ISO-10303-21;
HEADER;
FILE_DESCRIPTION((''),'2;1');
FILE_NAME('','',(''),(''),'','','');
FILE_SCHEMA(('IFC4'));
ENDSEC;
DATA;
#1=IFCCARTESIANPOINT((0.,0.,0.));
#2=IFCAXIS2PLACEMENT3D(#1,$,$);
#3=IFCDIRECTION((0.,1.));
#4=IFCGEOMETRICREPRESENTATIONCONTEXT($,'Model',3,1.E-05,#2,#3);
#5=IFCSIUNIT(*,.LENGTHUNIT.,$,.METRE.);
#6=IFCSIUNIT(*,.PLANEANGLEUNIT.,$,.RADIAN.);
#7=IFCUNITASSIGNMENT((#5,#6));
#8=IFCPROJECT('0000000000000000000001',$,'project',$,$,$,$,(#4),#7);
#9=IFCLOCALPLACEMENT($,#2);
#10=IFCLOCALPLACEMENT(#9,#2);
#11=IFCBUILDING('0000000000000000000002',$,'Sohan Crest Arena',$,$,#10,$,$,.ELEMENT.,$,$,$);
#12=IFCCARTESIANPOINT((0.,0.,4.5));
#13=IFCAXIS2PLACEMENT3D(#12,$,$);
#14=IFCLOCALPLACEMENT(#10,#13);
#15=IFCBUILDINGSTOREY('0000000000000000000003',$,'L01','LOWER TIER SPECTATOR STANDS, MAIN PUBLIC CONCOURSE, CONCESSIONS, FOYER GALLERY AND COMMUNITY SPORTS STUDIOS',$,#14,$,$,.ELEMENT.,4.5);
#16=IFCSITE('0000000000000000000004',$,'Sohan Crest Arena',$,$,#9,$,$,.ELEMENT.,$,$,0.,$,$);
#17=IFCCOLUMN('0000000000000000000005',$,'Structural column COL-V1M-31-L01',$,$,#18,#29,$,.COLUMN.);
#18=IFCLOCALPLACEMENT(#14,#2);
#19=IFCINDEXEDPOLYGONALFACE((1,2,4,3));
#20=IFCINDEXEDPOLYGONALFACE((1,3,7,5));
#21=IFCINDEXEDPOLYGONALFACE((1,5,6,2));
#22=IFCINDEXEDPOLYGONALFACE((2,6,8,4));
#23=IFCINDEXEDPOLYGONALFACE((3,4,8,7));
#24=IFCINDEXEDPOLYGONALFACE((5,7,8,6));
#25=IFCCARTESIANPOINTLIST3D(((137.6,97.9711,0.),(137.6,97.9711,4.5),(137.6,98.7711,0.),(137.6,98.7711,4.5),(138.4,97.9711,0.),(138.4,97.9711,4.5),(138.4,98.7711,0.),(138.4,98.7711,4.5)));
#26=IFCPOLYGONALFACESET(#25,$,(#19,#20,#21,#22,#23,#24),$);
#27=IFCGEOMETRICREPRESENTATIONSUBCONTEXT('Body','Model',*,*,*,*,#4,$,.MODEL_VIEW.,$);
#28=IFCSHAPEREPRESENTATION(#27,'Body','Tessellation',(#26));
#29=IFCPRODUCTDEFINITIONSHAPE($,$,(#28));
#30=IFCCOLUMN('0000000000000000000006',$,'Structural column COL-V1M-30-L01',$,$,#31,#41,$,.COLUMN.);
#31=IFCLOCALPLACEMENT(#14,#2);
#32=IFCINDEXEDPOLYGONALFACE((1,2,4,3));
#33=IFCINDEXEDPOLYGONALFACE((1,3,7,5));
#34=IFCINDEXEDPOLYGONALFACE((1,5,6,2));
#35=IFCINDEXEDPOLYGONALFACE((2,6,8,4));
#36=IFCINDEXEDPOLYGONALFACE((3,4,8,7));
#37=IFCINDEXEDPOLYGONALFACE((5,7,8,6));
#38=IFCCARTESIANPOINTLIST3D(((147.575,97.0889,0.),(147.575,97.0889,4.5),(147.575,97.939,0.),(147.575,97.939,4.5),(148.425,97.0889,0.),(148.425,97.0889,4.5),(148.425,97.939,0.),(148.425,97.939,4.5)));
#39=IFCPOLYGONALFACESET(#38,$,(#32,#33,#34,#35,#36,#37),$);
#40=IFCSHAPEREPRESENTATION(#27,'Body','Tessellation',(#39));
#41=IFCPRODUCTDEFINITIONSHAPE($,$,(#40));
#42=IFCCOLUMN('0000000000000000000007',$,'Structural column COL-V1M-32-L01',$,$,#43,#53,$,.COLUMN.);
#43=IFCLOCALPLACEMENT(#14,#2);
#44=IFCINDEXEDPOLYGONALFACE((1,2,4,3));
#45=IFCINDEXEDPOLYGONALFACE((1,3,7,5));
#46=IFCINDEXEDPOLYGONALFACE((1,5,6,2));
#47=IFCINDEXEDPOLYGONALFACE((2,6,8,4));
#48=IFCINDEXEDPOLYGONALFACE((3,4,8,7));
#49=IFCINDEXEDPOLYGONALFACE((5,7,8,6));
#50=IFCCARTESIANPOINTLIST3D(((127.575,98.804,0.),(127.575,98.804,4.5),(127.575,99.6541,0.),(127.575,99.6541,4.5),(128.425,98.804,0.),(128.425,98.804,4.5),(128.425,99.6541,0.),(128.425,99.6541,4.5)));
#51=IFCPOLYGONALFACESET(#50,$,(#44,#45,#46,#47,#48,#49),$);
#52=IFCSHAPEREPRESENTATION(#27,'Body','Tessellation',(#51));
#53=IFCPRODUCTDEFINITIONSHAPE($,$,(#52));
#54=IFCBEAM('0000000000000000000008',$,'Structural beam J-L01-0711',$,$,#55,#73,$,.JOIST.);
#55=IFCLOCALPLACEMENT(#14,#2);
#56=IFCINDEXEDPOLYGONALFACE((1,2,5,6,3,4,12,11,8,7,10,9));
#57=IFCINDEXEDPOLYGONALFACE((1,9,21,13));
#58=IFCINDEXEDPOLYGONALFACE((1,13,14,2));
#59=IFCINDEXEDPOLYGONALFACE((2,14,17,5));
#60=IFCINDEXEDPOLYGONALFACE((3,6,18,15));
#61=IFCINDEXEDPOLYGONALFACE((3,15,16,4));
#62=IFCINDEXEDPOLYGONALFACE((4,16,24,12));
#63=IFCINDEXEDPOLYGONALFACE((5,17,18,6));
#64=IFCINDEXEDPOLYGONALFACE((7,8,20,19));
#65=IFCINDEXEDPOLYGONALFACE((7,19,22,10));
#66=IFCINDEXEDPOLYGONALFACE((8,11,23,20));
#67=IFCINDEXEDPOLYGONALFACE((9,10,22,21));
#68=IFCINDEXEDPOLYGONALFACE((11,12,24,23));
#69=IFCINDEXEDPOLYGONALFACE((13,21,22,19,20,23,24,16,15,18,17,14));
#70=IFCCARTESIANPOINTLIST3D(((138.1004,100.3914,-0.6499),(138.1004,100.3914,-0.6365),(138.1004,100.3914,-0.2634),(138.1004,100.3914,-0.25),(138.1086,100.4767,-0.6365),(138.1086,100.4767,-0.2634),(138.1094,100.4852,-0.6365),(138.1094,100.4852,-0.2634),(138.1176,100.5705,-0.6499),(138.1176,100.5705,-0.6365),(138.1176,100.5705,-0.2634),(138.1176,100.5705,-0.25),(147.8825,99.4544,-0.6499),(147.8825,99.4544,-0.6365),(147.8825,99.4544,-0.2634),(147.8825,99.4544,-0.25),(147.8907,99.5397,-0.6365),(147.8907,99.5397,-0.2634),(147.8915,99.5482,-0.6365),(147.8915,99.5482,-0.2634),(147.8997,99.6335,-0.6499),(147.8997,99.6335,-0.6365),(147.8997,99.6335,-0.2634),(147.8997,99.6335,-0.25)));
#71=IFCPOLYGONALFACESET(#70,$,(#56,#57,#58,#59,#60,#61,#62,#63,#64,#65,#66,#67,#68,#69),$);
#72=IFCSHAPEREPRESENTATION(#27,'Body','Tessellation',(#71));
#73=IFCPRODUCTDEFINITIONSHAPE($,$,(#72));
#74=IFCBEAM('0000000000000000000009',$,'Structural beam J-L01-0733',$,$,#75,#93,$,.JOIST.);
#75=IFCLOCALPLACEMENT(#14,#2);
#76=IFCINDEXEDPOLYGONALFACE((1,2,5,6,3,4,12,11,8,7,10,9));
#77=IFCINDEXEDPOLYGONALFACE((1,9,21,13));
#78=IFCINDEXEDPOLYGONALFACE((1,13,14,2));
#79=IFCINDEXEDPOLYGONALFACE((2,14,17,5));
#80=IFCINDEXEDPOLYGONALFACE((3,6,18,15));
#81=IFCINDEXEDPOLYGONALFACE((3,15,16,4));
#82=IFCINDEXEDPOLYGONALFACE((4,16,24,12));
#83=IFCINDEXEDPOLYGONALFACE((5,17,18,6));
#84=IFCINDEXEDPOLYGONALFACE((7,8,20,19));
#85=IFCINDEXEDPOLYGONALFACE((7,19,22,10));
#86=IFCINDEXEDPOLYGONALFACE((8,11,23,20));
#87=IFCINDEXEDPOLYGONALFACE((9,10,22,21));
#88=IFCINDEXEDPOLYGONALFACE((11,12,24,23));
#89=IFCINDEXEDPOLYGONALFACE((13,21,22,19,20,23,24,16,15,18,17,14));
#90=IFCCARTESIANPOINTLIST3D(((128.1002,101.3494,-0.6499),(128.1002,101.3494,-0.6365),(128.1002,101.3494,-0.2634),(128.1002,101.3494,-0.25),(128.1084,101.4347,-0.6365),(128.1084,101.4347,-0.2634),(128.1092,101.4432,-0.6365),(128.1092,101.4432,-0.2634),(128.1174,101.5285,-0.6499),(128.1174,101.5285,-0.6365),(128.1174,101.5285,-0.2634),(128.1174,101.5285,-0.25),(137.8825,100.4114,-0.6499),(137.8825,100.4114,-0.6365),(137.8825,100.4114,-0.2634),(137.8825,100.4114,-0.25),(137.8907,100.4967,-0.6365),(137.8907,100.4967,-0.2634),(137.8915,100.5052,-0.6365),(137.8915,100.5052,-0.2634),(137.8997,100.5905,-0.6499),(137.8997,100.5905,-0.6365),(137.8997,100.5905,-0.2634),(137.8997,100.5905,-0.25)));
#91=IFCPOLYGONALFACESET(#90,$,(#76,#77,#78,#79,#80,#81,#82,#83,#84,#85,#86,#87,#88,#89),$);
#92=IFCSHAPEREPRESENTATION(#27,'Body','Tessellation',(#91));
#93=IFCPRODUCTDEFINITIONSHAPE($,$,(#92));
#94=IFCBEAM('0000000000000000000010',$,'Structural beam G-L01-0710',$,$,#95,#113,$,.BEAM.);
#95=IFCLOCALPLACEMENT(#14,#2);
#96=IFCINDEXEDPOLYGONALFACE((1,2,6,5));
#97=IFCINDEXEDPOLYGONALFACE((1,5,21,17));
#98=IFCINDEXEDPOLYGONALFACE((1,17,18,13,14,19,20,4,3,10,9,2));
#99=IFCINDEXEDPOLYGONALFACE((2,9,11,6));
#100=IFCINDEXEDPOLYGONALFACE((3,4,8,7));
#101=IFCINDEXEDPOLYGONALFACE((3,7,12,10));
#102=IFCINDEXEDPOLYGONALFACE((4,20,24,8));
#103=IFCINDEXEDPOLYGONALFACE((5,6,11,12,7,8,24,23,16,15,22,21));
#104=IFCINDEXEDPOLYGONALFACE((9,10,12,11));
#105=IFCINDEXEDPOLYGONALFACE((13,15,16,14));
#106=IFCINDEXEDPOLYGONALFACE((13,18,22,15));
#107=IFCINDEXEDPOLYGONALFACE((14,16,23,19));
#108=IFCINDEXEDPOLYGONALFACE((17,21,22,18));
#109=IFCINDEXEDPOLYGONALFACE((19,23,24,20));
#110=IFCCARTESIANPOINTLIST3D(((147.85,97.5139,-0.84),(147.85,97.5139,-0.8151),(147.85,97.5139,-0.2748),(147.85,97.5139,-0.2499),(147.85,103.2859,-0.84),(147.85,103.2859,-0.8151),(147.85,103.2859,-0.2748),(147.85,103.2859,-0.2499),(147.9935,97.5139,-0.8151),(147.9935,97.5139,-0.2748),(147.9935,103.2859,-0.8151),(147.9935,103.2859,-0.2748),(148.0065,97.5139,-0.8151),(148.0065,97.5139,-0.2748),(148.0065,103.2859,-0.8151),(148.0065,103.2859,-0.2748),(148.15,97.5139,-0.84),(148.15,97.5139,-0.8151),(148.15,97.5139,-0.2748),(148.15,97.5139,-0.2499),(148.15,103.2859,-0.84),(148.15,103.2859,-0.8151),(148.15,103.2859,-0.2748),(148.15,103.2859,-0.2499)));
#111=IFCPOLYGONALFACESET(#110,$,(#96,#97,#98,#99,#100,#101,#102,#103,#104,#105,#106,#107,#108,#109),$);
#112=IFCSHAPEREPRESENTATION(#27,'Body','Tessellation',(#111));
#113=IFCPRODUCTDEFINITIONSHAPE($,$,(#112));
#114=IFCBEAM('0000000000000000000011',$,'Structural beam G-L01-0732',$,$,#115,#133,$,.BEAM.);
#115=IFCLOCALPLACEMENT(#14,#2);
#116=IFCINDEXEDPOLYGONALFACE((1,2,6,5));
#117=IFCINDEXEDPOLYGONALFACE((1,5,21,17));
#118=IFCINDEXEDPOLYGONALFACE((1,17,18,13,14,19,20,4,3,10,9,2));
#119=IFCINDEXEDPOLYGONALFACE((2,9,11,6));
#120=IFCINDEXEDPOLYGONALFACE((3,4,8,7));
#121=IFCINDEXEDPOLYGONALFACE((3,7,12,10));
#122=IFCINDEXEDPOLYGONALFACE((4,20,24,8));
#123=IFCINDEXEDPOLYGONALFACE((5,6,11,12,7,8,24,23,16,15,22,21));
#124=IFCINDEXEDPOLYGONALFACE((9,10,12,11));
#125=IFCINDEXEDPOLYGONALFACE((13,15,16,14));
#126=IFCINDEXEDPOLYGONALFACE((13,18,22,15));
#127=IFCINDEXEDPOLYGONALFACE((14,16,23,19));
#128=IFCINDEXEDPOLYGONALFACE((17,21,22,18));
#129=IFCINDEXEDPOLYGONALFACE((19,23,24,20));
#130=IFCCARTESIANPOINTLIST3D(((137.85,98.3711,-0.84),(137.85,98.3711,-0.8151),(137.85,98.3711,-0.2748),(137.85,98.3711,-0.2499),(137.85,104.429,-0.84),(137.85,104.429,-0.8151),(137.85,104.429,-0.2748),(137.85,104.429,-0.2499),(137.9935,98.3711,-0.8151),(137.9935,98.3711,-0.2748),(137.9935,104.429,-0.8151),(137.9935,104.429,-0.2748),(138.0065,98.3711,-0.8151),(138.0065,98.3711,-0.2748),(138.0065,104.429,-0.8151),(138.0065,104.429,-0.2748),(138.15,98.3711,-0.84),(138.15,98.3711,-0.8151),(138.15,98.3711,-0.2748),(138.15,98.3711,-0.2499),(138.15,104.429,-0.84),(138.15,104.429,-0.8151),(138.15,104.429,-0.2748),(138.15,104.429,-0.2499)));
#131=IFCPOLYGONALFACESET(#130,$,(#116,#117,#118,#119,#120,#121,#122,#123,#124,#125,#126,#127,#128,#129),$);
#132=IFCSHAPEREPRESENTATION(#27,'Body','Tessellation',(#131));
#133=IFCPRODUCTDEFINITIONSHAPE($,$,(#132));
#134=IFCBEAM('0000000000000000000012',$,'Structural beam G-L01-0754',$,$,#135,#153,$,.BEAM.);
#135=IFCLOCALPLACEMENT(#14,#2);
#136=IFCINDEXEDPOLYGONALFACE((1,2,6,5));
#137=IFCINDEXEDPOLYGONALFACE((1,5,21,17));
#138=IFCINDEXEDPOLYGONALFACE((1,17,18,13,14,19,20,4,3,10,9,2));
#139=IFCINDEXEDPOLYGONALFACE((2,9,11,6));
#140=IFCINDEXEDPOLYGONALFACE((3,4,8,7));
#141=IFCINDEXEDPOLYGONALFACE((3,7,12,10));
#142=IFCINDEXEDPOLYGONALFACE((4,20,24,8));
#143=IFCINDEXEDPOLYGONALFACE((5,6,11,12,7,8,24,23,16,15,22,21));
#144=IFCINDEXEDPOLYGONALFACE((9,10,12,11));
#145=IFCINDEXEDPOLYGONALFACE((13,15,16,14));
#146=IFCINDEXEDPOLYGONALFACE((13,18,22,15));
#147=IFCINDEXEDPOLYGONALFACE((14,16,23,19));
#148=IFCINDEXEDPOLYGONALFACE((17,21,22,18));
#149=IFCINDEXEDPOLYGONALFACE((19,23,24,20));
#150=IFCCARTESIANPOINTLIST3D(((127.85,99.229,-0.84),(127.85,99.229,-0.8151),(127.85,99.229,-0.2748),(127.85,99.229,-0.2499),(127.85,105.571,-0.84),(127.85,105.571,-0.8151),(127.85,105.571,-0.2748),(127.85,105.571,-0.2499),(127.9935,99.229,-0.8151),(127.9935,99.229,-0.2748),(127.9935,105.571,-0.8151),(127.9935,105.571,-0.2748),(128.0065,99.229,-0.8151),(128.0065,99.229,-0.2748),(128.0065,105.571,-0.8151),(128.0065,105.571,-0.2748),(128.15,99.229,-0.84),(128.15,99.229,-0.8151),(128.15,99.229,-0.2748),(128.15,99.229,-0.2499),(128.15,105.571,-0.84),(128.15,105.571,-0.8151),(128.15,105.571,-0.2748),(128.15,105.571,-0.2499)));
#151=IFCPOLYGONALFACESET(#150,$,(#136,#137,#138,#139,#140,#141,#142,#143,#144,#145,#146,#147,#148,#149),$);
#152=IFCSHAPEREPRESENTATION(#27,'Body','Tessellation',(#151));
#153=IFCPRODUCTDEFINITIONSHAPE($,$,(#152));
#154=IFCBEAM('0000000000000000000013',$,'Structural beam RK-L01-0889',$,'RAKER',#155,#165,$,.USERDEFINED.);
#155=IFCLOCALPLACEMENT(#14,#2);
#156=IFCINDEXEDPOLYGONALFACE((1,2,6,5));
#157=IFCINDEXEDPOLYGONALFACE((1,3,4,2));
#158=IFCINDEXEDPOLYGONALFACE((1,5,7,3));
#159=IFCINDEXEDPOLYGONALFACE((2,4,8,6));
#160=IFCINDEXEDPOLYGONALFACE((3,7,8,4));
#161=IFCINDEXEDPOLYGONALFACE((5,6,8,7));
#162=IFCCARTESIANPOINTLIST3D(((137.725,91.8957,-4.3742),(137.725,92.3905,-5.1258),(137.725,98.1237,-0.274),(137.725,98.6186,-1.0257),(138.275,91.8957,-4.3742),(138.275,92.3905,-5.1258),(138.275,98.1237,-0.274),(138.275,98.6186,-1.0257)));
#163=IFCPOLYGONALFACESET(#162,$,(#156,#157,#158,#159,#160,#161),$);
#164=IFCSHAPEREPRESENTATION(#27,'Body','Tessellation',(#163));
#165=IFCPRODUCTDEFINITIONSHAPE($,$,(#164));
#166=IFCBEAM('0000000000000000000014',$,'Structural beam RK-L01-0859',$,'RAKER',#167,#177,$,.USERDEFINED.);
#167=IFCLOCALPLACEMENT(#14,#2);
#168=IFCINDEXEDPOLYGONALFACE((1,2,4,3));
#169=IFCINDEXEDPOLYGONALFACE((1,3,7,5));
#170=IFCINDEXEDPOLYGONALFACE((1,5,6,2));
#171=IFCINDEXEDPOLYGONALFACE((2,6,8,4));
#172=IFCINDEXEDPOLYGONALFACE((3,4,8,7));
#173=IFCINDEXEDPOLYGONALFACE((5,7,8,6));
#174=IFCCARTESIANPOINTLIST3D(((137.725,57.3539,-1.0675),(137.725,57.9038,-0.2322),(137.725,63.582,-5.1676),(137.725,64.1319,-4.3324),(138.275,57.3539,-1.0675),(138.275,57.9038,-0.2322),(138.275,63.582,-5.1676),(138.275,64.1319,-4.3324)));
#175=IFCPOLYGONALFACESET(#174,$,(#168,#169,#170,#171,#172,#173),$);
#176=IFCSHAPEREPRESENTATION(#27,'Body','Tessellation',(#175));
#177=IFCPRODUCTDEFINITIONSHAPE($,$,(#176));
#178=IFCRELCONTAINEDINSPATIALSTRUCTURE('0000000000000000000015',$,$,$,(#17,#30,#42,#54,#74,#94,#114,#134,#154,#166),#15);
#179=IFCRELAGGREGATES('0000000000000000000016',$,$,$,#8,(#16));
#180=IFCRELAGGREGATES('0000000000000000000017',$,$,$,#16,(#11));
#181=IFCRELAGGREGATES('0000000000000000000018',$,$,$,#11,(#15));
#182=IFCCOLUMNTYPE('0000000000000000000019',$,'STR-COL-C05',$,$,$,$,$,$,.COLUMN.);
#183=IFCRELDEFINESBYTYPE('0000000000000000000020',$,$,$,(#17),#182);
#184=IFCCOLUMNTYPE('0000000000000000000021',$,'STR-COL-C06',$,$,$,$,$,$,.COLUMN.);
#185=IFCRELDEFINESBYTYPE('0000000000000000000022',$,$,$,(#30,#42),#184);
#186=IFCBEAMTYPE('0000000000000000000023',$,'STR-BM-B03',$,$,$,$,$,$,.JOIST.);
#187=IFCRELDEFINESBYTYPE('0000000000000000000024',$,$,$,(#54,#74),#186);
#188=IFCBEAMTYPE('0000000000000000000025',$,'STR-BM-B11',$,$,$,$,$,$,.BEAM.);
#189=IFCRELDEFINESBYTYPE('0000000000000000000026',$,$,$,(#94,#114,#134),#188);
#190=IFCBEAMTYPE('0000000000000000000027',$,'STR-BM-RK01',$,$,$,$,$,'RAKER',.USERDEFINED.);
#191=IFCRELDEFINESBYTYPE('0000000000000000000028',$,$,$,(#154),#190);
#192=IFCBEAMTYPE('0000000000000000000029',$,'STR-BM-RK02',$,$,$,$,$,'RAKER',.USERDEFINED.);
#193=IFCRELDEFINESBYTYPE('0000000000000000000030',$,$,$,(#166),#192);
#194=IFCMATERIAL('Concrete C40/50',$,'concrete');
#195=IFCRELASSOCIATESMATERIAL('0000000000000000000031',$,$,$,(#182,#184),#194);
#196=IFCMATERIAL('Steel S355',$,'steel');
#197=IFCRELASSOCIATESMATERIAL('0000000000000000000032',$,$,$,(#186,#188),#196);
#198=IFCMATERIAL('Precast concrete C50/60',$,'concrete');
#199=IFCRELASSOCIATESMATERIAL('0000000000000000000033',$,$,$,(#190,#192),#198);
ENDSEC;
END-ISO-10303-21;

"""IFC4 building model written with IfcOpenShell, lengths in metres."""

from ifc_helpers import new_model, si_unit, direction, frame, origin, origin_2d, place, context, subcontext, project, spatial, rectangle, i_section, extrude, material, material_profile, profile_set, type_object, element, save


model = new_model("IFC4")

# Units and contexts
model_context = context("Model", 3, precision=1e-05, world=origin(), true_north=direction((0.0, 1.0)))
body_context = subcontext(model_context, "Body", "Model", "MODEL_VIEW")
ifc_project = project(units=[si_unit("LENGTHUNIT", "METRE"), si_unit("PLANEANGLEUNIT", "RADIAN")], contexts=[model_context])

# Site, building, storey
site_placement = place(None, origin())
site = spatial("IfcSite", under=ifc_project, at=site_placement, Name="Sohan Crest Arena", CompositionType="ELEMENT", RefElevation=0.0)
building_placement = place(site_placement, origin())
building = spatial("IfcBuilding", under=site, at=building_placement, Name="Sohan Crest Arena", CompositionType="ELEMENT")
storey_placement = place(building_placement, frame((0.0, 0.0, 4.5)))
storey = spatial("IfcBuildingStorey", under=building, at=storey_placement, Name="L01", Description="LOWER TIER SPECTATOR STANDS, MAIN PUBLIC CONCOURSE, CONCESSIONS, FOYER GALLERY AND COMMUNITY SPORTS STUDIOS", CompositionType="ELEMENT", Elevation=4.5)

# Columns
ifc_material_1 = material(Name="Concrete C40/50", Category="concrete")
ifc_material_profile_1 = material_profile(ifc_material_1, rectangle(XDim=0.8, YDim=0.8, at=origin_2d()), Name="RC 800x800")
ifc_profile_set_1 = profile_set([ifc_material_profile_1], Name="Concrete C40/50")
column_type_1 = type_object("IfcColumnType", Name="STR-COL-C05", PredefinedType="COLUMN", material=ifc_profile_set_1)
column_placement = place(storey_placement, frame((138.0, 98.3711, 0.0), z_axis=(0.0, 0.0, 1.0), x_axis=(1.0, 0.0, 0.0)))
element("IfcColumn", 1, at=column_placement, inside=storey, type_object=column_type_1, Name="Structural column COL-V1M-31-L01", PredefinedType="COLUMN", context=body_context, shape_type="SweptSolid", body=[
    extrude(rectangle(XDim=0.8, YDim=0.8, at=origin_2d()), origin(), (0.0, 0.0, 1.0), 4.5),
])
ifc_material_profile_2 = material_profile(ifc_material_1, rectangle(XDim=0.8501, YDim=0.8501, at=origin_2d()), Name="RC 850x850")
ifc_profile_set_2 = profile_set([ifc_material_profile_2], Name="Concrete C40/50")
column_type_2 = type_object("IfcColumnType", Name="STR-COL-C06", PredefinedType="COLUMN", material=ifc_profile_set_2)
for number, where, z_axis, x_axis, name in (
    (2, (148.0, 97.5139, 0.0), (0.0, 0.0, 1.0), (1.0, 0.0, 0.0), "Structural column COL-V1M-30-L01"),
    (3, (128.0, 99.229, 0.0), (0.0, 0.0, 1.0), (1.0, 0.0, 0.0), "Structural column COL-V1M-32-L01"),
):
    element("IfcColumn", number, at=place(storey_placement, frame(where, z_axis=z_axis, x_axis=x_axis)), inside=storey, type_object=column_type_2, Name=name, PredefinedType="COLUMN", context=body_context, shape_type="SweptSolid", body=[
        extrude(rectangle(XDim=0.8501, YDim=0.8501, at=origin_2d()), origin(), (0.0, 0.0, 1.0), 4.5),
    ])

# Beams
ifc_material_2 = material(Name="Steel S355", Category="steel")
ifc_material_profile_3 = material_profile(ifc_material_2, i_section(OverallWidth=0.1799, OverallDepth=0.3999, WebThickness=0.0085, FlangeThickness=0.0134, at=origin_2d()), Name="IPE 400")
ifc_profile_set_3 = profile_set([ifc_material_profile_3], Name="Steel S355")
beam_type_1 = type_object("IfcBeamType", Name="STR-BM-B03", PredefinedType="JOIST", material=ifc_profile_set_3)
beam_1_placement = place(storey_placement, frame((147.8911, 99.5439, -0.45), z_axis=(-0.995444, 0.095351, 0.0), x_axis=(-0.095351, -0.995444, 0.0)))
element("IfcBeam", 4, at=beam_1_placement, inside=storey, type_object=beam_type_1, Name="Structural beam J-L01-0711", PredefinedType="JOIST", context=body_context, shape_type="SweptSolid", body=[
    extrude(i_section(OverallWidth=0.1799, OverallDepth=0.3999, WebThickness=0.0085, FlangeThickness=0.0134, at=origin_2d()), origin(), (0.0, 0.0, 1.0), 9.8269),
])
beam_2_placement = place(storey_placement, frame((137.8911, 100.501, -0.45), z_axis=(-0.995434, 0.095449, 0.0), x_axis=(-0.095449, -0.995434, 0.0)))
element("IfcBeam", 5, at=beam_2_placement, inside=storey, type_object=beam_type_1, Name="Structural beam J-L01-0733", PredefinedType="JOIST", context=body_context, shape_type="SweptSolid", body=[
    extrude(i_section(OverallWidth=0.1799, OverallDepth=0.3999, WebThickness=0.0085, FlangeThickness=0.0134, at=origin_2d()), origin(), (0.0, 0.0, 1.0), 9.8271),
])
ifc_material_profile_4 = material_profile(ifc_material_2, i_section(OverallWidth=0.3, OverallDepth=0.5901, WebThickness=0.0129, FlangeThickness=0.0249, at=origin_2d()), Name="HEA 600")
ifc_profile_set_4 = profile_set([ifc_material_profile_4], Name="Steel S355")
beam_type_2 = type_object("IfcBeamType", Name="STR-BM-B11", PredefinedType="BEAM", material=ifc_profile_set_4)
beam_3_placement = place(storey_placement, frame((148.0, 97.5139, -0.5449), z_axis=(0.0, 1.0, 0.0), x_axis=(-1.0, 0.0, 0.0)))
element("IfcBeam", 6, at=beam_3_placement, inside=storey, type_object=beam_type_2, Name="Structural beam G-L01-0710", PredefinedType="BEAM", context=body_context, shape_type="SweptSolid", body=[
    extrude(i_section(OverallWidth=0.3, OverallDepth=0.5901, WebThickness=0.0129, FlangeThickness=0.0249, at=origin_2d()), origin(), (0.0, 0.0, 1.0), 5.772),
])
beam_4_placement = place(storey_placement, frame((138.0, 98.3711, -0.5449), z_axis=(0.0, 1.0, 0.0), x_axis=(-1.0, 0.0, 0.0)))
element("IfcBeam", 7, at=beam_4_placement, inside=storey, type_object=beam_type_2, Name="Structural beam G-L01-0732", PredefinedType="BEAM", context=body_context, shape_type="SweptSolid", body=[
    extrude(i_section(OverallWidth=0.3, OverallDepth=0.5901, WebThickness=0.0129, FlangeThickness=0.0249, at=origin_2d()), origin(), (0.0, 0.0, 1.0), 6.0579),
])
beam_5_placement = place(storey_placement, frame((128.0, 99.229, -0.5449), z_axis=(0.0, 1.0, 0.0), x_axis=(-1.0, 0.0, 0.0)))
element("IfcBeam", 8, at=beam_5_placement, inside=storey, type_object=beam_type_2, Name="Structural beam G-L01-0754", PredefinedType="BEAM", context=body_context, shape_type="SweptSolid", body=[
    extrude(i_section(OverallWidth=0.3, OverallDepth=0.5901, WebThickness=0.0129, FlangeThickness=0.0249, at=origin_2d()), origin(), (0.0, 0.0, 1.0), 6.342),
])
ifc_material_3 = material(Name="Precast concrete C50/60", Category="concrete")
ifc_material_profile_5 = material_profile(ifc_material_3, rectangle(XDim=0.55, YDim=0.8999, at=origin_2d()), Name="RAKER 550x900")
ifc_profile_set_5 = profile_set([ifc_material_profile_5], Name="Precast concrete C50/60")
beam_type_3 = type_object("IfcBeamType", Name="STR-BM-RK01", ElementType="RAKER", PredefinedType="USERDEFINED", material=ifc_profile_set_5)
beam_6_placement = place(storey_placement, frame((138.0, 92.1431, -4.75), z_axis=(0.0, 0.83525, 0.54987), x_axis=(-1.0, 0.0, 0.0)))
element("IfcBeam", 9, at=beam_6_placement, inside=storey, type_object=beam_type_3, Name="Structural beam RK-L01-0889", ObjectType="RAKER", PredefinedType="USERDEFINED", context=body_context, shape_type="SweptSolid", body=[
    extrude(rectangle(XDim=0.55, YDim=0.8999, at=origin_2d()), origin(), (0.0, 0.0, 1.0), 7.4565),
])
ifc_material_profile_6 = material_profile(ifc_material_3, rectangle(XDim=0.55, YDim=1.0, at=origin_2d()), Name="RAKER 550x1000")
ifc_profile_set_6 = profile_set([ifc_material_profile_6], Name="Precast concrete C50/60")
beam_type_4 = type_object("IfcBeamType", Name="STR-BM-RK02", ElementType="RAKER", PredefinedType="USERDEFINED", material=ifc_profile_set_6)
beam_7_placement = place(storey_placement, frame((138.0, 63.8569, -4.75), z_axis=(0.0, -0.83525, 0.54987), x_axis=(1.0, 0.0, 0.0)))
element("IfcBeam", 10, at=beam_7_placement, inside=storey, type_object=beam_type_4, Name="Structural beam RK-L01-0859", ObjectType="RAKER", PredefinedType="USERDEFINED", context=body_context, shape_type="SweptSolid", body=[
    extrude(rectangle(XDim=0.55, YDim=1.0, at=origin_2d()), origin(), (0.0, 0.0, 1.0), 7.4565),
])

save(model, "model.ifc")
